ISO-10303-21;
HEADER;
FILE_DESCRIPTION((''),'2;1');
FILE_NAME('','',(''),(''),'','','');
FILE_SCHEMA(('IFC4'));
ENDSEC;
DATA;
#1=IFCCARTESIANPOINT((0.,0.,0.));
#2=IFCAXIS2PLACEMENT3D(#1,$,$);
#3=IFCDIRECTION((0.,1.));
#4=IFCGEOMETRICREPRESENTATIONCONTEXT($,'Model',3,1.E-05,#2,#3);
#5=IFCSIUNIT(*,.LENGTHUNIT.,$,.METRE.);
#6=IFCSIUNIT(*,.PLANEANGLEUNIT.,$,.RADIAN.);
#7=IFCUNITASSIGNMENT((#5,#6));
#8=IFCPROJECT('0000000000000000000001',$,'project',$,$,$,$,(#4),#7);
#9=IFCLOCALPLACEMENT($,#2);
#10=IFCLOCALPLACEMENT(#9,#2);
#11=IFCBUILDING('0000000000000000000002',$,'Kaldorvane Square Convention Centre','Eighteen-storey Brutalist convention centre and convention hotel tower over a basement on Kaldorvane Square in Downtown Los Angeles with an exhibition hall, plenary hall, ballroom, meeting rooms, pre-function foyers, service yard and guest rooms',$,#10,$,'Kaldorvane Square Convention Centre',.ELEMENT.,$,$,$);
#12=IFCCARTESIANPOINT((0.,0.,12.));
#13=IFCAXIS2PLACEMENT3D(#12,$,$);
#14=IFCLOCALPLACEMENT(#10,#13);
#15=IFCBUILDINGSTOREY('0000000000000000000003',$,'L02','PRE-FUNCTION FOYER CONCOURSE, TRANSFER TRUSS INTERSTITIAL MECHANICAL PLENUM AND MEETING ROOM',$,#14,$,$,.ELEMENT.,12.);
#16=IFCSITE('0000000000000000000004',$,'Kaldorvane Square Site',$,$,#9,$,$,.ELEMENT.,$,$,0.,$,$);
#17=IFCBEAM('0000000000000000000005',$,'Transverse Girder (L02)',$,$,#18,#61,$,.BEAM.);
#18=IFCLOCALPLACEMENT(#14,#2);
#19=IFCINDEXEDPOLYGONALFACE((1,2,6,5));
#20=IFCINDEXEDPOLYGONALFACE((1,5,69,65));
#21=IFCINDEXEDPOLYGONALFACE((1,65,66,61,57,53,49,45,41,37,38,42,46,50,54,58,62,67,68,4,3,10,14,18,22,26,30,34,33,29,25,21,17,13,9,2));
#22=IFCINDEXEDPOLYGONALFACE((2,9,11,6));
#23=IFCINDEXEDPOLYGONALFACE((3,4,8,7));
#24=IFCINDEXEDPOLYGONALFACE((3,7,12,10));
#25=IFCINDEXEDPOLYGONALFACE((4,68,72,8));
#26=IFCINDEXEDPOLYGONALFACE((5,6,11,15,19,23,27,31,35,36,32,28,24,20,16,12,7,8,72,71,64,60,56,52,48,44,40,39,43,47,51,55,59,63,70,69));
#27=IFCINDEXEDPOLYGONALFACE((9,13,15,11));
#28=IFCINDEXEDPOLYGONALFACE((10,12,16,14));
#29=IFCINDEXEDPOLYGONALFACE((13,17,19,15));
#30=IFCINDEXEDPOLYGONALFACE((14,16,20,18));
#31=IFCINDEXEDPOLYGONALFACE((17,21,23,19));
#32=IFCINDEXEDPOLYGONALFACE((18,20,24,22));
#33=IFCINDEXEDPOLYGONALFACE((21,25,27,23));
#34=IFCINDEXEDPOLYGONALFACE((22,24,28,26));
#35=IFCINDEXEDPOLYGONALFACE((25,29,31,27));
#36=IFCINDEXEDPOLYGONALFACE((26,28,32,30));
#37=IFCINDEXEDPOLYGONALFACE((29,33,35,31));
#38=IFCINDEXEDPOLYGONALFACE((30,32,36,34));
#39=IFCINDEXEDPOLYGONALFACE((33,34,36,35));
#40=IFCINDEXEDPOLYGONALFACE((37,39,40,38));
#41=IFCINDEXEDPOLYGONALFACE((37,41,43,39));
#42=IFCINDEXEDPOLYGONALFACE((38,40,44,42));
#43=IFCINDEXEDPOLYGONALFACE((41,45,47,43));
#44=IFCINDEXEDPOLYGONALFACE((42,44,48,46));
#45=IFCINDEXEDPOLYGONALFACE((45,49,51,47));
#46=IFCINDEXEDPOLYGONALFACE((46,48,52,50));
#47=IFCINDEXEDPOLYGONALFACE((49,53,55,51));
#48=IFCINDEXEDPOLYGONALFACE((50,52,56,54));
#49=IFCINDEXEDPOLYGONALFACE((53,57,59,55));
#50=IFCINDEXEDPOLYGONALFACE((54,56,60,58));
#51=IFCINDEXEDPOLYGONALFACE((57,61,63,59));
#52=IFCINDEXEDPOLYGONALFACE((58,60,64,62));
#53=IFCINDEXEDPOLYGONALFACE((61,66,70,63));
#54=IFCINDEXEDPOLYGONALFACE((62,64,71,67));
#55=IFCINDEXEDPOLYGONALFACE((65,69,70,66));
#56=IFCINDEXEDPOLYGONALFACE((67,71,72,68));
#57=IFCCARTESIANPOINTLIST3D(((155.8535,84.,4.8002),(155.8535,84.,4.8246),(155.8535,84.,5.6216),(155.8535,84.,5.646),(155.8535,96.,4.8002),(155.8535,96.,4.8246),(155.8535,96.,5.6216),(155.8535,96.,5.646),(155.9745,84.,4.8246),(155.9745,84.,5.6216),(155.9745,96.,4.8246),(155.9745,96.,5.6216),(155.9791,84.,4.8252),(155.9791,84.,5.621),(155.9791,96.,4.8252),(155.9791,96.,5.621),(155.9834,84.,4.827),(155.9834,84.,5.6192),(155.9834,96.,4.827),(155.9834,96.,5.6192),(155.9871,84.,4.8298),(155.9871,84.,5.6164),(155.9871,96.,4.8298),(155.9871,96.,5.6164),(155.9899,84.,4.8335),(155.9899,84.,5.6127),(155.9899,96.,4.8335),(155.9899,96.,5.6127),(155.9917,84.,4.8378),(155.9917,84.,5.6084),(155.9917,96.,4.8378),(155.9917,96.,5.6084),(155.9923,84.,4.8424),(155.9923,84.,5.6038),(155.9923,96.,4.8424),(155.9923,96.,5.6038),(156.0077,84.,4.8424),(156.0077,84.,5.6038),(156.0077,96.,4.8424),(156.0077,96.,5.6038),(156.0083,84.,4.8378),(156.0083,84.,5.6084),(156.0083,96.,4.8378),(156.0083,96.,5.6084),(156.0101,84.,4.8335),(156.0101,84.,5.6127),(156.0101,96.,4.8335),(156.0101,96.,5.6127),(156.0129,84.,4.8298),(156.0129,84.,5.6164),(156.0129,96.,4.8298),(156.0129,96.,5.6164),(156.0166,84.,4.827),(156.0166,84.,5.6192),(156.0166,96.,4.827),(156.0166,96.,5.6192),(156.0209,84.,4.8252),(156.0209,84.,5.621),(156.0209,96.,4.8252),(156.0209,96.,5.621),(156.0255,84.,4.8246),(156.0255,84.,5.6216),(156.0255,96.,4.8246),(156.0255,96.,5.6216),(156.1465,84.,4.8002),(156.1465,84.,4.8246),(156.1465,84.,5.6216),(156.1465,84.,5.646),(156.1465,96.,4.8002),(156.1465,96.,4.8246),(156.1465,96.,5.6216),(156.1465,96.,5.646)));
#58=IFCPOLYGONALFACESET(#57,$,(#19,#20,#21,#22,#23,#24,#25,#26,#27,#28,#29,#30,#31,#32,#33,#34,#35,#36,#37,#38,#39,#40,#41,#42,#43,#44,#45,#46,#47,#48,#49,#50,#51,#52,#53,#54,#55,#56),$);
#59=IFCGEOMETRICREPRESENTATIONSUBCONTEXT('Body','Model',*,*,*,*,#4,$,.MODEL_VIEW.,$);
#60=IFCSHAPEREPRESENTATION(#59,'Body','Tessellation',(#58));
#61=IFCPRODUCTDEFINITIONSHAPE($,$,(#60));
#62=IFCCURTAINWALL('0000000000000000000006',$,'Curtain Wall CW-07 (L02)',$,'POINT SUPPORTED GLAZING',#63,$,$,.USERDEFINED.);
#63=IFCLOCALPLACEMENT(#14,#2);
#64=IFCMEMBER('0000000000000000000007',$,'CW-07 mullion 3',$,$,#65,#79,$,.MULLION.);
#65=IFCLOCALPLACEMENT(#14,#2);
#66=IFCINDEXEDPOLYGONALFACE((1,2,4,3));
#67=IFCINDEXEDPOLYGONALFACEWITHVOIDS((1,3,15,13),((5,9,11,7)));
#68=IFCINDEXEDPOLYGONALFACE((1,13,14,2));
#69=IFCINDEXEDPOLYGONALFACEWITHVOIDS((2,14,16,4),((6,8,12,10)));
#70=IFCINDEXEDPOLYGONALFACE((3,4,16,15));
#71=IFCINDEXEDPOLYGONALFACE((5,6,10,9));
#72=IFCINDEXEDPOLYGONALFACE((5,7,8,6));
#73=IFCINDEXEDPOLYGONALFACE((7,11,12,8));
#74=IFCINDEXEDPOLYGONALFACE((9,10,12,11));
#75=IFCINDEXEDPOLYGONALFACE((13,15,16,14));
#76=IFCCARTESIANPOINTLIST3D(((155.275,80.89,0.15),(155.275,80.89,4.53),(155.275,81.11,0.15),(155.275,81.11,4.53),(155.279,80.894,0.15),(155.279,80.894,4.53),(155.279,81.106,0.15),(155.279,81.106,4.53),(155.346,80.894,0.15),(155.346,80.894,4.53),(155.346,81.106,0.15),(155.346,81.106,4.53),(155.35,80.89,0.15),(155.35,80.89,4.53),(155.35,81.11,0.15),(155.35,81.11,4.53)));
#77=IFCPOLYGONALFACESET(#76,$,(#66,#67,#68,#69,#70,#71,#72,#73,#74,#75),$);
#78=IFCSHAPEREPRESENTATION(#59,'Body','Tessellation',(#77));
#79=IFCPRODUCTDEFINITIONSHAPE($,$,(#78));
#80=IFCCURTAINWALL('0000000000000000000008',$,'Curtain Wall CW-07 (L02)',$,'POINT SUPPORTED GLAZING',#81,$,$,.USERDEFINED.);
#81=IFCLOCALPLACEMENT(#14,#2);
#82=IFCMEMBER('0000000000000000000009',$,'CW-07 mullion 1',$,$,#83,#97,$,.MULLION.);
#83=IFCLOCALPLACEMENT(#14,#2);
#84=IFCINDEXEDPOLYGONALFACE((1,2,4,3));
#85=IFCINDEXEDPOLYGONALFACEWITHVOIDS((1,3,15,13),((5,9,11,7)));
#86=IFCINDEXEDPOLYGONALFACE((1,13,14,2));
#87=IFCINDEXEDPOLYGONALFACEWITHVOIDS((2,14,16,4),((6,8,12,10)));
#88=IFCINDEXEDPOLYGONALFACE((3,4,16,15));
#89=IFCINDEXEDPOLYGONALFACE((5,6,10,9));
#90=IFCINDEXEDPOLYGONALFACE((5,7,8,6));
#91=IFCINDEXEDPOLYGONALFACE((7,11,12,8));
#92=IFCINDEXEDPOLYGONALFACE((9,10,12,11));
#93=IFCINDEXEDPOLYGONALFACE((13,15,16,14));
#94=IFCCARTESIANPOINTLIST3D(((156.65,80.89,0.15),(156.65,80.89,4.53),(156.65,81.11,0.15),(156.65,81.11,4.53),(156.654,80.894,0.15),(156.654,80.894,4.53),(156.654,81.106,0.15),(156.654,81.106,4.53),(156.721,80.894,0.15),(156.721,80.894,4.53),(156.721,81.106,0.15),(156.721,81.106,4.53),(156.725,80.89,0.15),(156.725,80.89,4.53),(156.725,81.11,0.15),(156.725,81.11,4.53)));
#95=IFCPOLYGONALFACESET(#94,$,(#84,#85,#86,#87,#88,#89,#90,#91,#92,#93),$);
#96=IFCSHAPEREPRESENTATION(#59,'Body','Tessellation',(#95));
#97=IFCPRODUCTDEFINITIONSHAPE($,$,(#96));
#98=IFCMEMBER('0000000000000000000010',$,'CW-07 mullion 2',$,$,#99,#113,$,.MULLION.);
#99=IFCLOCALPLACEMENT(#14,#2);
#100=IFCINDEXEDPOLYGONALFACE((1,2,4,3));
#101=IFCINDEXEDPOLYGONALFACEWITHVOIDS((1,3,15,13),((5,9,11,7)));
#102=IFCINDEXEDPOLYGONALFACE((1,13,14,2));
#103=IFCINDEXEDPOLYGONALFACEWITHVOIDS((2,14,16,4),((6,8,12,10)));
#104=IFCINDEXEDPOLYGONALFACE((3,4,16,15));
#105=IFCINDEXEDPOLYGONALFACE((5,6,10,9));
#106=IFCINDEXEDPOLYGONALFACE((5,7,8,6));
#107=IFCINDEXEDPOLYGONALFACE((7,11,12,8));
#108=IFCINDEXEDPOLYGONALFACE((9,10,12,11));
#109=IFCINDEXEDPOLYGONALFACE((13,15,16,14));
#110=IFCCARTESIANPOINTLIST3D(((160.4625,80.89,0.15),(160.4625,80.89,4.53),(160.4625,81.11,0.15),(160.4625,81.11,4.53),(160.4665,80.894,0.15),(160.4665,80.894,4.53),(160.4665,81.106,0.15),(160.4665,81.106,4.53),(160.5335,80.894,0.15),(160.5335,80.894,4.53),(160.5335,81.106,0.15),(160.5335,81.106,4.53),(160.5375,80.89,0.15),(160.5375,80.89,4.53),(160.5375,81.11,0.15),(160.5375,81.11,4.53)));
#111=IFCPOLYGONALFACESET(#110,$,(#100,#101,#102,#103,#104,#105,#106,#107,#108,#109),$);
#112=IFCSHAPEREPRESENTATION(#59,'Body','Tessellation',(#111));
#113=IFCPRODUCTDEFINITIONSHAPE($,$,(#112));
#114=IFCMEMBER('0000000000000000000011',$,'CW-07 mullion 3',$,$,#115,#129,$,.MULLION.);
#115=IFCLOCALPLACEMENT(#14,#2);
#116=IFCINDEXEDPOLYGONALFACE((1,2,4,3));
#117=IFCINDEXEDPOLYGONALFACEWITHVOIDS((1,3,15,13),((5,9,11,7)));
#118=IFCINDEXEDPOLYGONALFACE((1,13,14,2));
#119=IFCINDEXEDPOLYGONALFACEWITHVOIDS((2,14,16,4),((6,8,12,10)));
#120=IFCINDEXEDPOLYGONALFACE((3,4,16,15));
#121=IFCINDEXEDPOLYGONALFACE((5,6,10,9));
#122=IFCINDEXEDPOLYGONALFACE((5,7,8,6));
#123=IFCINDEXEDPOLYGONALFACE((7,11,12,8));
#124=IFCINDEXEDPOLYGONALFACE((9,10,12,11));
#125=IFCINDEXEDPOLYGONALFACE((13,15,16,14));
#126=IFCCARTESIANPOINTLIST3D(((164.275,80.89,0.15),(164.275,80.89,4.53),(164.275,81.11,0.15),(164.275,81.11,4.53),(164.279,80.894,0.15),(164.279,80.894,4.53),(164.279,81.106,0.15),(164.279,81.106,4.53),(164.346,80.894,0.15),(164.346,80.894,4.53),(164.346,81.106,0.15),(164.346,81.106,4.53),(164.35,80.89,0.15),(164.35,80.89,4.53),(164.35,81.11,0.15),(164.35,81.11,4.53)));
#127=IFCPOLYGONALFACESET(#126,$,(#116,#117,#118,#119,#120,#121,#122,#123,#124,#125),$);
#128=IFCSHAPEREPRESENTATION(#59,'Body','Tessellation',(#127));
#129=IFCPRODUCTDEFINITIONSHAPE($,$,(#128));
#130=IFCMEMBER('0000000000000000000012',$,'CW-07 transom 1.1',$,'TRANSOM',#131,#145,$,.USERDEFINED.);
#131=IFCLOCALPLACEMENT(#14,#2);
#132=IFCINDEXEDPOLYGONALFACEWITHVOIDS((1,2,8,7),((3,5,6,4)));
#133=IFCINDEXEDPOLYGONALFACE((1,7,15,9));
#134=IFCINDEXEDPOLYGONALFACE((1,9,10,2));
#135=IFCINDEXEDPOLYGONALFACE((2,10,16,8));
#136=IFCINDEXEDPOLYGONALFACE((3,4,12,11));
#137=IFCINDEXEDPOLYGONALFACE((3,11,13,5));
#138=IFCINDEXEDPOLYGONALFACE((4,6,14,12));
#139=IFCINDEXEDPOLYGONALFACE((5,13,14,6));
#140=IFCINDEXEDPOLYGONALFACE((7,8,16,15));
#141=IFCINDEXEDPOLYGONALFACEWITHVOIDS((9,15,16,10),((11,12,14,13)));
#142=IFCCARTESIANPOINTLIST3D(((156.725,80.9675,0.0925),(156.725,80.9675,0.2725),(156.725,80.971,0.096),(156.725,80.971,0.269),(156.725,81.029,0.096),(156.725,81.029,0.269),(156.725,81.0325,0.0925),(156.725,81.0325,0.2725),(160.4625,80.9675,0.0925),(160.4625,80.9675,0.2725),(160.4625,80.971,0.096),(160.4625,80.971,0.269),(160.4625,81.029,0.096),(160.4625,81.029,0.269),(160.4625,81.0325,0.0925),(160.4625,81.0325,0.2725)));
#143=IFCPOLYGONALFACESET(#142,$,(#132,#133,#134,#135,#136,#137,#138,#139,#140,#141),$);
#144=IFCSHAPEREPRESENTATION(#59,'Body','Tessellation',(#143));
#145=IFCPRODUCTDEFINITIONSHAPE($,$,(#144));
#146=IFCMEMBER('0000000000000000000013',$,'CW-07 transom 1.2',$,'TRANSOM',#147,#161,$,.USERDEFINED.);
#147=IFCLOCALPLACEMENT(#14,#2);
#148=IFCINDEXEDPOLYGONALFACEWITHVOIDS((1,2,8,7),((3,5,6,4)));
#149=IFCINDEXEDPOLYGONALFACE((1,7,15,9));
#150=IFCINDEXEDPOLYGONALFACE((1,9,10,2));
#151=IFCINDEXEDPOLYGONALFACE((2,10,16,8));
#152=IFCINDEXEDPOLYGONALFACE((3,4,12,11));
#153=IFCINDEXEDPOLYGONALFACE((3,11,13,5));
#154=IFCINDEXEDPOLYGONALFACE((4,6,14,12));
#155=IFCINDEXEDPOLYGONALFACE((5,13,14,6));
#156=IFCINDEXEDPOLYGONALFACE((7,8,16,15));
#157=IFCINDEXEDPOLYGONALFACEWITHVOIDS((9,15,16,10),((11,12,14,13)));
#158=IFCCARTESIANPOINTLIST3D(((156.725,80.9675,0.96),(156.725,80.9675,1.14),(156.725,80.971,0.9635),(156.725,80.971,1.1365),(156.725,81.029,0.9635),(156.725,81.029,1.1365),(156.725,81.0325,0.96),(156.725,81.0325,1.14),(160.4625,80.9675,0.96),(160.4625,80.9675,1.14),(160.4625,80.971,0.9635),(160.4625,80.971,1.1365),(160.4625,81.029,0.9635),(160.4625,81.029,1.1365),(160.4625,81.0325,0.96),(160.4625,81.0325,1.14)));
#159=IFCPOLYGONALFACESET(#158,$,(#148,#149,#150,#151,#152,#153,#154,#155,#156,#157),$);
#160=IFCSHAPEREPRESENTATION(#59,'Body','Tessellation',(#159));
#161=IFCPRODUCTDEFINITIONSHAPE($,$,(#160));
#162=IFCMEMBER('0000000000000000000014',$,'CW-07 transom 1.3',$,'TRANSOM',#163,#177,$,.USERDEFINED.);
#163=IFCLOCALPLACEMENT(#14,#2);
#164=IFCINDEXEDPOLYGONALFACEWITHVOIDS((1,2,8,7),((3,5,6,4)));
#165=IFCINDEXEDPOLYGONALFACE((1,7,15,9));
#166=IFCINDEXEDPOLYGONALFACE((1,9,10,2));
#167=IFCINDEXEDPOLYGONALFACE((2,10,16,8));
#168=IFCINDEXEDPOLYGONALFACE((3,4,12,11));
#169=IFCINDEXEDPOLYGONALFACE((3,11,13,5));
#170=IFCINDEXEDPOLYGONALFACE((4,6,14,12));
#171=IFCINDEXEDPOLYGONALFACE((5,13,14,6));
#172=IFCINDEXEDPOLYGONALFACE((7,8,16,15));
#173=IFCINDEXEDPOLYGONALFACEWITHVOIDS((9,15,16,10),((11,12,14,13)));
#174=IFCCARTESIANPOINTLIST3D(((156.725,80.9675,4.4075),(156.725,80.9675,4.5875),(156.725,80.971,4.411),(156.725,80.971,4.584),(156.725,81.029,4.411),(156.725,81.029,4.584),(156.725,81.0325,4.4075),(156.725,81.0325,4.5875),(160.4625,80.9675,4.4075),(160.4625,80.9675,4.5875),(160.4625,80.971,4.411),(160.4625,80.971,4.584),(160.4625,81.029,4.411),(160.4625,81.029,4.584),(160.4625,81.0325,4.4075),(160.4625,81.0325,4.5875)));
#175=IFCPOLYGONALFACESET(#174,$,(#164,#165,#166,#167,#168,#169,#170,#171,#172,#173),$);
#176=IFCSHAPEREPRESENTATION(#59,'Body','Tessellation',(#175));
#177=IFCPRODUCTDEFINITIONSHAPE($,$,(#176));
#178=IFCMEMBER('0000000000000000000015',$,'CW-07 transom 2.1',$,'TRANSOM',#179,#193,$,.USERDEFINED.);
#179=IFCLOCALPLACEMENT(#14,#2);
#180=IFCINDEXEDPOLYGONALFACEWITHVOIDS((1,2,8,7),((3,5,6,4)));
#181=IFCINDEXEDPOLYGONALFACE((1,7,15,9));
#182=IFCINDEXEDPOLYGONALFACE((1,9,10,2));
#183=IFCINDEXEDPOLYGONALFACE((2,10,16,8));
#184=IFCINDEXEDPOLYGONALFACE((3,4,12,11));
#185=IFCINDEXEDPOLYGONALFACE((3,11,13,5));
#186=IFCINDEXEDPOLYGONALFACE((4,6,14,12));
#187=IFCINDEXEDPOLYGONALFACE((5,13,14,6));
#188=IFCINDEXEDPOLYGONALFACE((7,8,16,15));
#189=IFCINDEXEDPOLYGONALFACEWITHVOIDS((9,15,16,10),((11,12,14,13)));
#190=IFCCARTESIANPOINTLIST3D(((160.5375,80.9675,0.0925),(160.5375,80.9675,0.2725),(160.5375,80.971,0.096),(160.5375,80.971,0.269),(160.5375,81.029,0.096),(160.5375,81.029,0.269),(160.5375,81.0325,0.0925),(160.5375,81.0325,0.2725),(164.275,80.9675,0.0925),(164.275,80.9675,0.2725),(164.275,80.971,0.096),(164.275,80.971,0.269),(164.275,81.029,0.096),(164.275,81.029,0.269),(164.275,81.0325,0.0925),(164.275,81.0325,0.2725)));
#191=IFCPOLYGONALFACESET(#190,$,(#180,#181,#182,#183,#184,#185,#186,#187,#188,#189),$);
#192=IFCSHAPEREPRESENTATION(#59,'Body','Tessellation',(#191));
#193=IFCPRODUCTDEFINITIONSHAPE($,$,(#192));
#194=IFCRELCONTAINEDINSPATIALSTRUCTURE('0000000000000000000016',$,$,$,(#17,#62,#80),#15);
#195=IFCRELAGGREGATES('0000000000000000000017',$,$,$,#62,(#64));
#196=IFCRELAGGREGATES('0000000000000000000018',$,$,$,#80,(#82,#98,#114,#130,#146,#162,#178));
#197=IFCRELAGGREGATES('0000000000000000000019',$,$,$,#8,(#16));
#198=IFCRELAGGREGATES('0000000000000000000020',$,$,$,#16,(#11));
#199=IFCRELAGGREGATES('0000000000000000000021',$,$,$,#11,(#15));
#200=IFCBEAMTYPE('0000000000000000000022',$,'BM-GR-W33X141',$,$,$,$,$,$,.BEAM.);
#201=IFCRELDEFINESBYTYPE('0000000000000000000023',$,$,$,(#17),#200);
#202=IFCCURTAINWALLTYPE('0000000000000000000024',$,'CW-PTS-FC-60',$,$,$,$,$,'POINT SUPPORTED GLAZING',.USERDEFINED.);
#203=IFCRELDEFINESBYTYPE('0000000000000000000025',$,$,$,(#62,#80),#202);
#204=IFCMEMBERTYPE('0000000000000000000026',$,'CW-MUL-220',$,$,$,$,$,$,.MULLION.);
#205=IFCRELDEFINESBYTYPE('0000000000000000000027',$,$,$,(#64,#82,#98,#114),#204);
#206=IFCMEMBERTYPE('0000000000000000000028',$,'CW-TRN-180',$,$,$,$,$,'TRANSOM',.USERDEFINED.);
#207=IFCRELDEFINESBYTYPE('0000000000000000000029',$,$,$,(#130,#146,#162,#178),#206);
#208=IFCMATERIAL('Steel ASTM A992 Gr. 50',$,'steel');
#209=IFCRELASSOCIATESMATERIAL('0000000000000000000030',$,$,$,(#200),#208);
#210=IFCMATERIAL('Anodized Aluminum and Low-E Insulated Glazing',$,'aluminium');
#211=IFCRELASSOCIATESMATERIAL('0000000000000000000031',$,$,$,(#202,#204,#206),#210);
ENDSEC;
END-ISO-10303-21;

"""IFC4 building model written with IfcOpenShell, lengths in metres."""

from ifc_helpers import new_model, si_unit, direction, frame, origin, origin_2d, place, context, subcontext, project, spatial, hollow_rectangle, i_section, extrude, material, material_profile, profile_set, type_object, element, aggregate, save


model = new_model("IFC4")

# Units and contexts
model_context = context("Model", 3, precision=1e-05, world=origin(), true_north=direction((0.0, 1.0)))
body_context = subcontext(model_context, "Body", "Model", "MODEL_VIEW")
ifc_project = project(units=[si_unit("LENGTHUNIT", "METRE"), si_unit("PLANEANGLEUNIT", "RADIAN")], contexts=[model_context])

# Site, building, storey
site_placement = place(None, origin())
site = spatial("IfcSite", under=ifc_project, at=site_placement, Name="Kaldorvane Square Site", CompositionType="ELEMENT", RefElevation=0.0)
building_placement = place(site_placement, origin())
building = spatial("IfcBuilding", under=site, at=building_placement, Name="Kaldorvane Square Convention Centre", Description="Eighteen-storey Brutalist convention centre and convention hotel tower over a basement on Kaldorvane Square in Downtown Los Angeles with an exhibition hall, plenary hall, ballroom, meeting rooms, pre-function foyers, service yard and guest rooms", LongName="Kaldorvane Square Convention Centre", CompositionType="ELEMENT")
storey_placement = place(building_placement, frame((0.0, 0.0, 12.0)))
storey = spatial("IfcBuildingStorey", under=building, at=storey_placement, Name="L02", Description="PRE-FUNCTION FOYER CONCOURSE, TRANSFER TRUSS INTERSTITIAL MECHANICAL PLENUM AND MEETING ROOM", CompositionType="ELEMENT", Elevation=12.0)

# Shared definitions
ifc_material_1 = material(Name="Steel ASTM A992 Gr. 50", Category="steel")

# Beam
ifc_material_profile_1 = material_profile(ifc_material_1, i_section(OverallWidth=0.293, OverallDepth=0.8458, WebThickness=0.0154, FlangeThickness=0.0244, FilletRadius=0.0178, at=origin_2d()), Name="W33X141")
ifc_profile_set_1 = profile_set([ifc_material_profile_1], Name="Steel ASTM A992 Gr. 50")
beam_type_1 = type_object("IfcBeamType", Name="BM-GR-W33X141", PredefinedType="BEAM", material=ifc_profile_set_1)
beam_placement = place(storey_placement, frame((156.0, 84.0, 5.2231), z_axis=(0.0, 1.0, 0.0), x_axis=(-1.0, 0.0, 0.0)))
element("IfcBeam", 1, at=beam_placement, inside=storey, type_object=beam_type_1, Name="Transverse Girder (L02)", PredefinedType="BEAM", context=body_context, shape_type="SweptSolid", body=[
    extrude(i_section(OverallWidth=0.293, OverallDepth=0.8458, WebThickness=0.0154, FlangeThickness=0.0244, FilletRadius=0.0178, at=origin_2d()), origin(), (0.0, 0.0, 1.0), 12.0),
])

# Curtain wall, member
ifc_material_2 = material(Name="Anodized Aluminum and Low-E Insulated Glazing", Category="aluminium")
curtain_wall_type = type_object("IfcCurtainWallType", Name="CW-PTS-FC-60", ElementType="POINT SUPPORTED GLAZING", PredefinedType="USERDEFINED", material=ifc_material_2)
curtain_wall_1_placement = place(storey_placement, origin())
curtain_wall_1 = element("IfcCurtainWall", 2, at=curtain_wall_1_placement, inside=storey, type_object=curtain_wall_type, Name="Curtain Wall CW-07 (L02)", ObjectType="POINT SUPPORTED GLAZING", PredefinedType="USERDEFINED")
ifc_material_profile_2 = material_profile(ifc_material_2, hollow_rectangle(XDim=0.075, YDim=0.22, WallThickness=0.004, at=origin_2d()), Name="CWM-220X75")
ifc_profile_set_2 = profile_set([ifc_material_profile_2], Name="Anodized Aluminum and Low-E Insulated Glazing")
member_type_1 = type_object("IfcMemberType", Name="CW-MUL-220", PredefinedType="MULLION", material=ifc_profile_set_2)
member_1_placement = place(storey_placement, frame((155.3125, 81.0, 0.15), z_axis=(0.0, 0.0, 1.0), x_axis=(1.0, 0.0, 0.0)))
member_1 = element("IfcMember", 3, at=member_1_placement, type_object=member_type_1, Name="CW-07 mullion 3", PredefinedType="MULLION", context=body_context, shape_type="SweptSolid", body=[
    extrude(hollow_rectangle(XDim=0.075, YDim=0.22, WallThickness=0.004, at=origin_2d()), origin(), (0.0, 0.0, 1.0), 4.38),
])

# Curtain wall, members
curtain_wall_2_placement = place(storey_placement, origin())
curtain_wall_2 = element("IfcCurtainWall", 4, at=curtain_wall_2_placement, inside=storey, type_object=curtain_wall_type, Name="Curtain Wall CW-07 (L02)", ObjectType="POINT SUPPORTED GLAZING", PredefinedType="USERDEFINED")
member_2_placement = place(storey_placement, frame((156.6875, 81.0, 0.15), z_axis=(0.0, 0.0, 1.0), x_axis=(1.0, 0.0, 0.0)))
member_2 = element("IfcMember", 5, at=member_2_placement, type_object=member_type_1, Name="CW-07 mullion 1", PredefinedType="MULLION", context=body_context, shape_type="SweptSolid", body=[
    extrude(hollow_rectangle(XDim=0.075, YDim=0.22, WallThickness=0.004, at=origin_2d()), origin(), (0.0, 0.0, 1.0), 4.38),
])
member_3_placement = place(storey_placement, frame((160.5, 81.0, 0.15), z_axis=(0.0, 0.0, 1.0), x_axis=(1.0, 0.0, 0.0)))
member_3 = element("IfcMember", 6, at=member_3_placement, type_object=member_type_1, Name="CW-07 mullion 2", PredefinedType="MULLION", context=body_context, shape_type="SweptSolid", body=[
    extrude(hollow_rectangle(XDim=0.075, YDim=0.22, WallThickness=0.004, at=origin_2d()), origin(), (0.0, 0.0, 1.0), 4.38),
])
member_4_placement = place(storey_placement, frame((164.3125, 81.0, 0.15), z_axis=(0.0, 0.0, 1.0), x_axis=(1.0, 0.0, 0.0)))
member_4 = element("IfcMember", 7, at=member_4_placement, type_object=member_type_1, Name="CW-07 mullion 3", PredefinedType="MULLION", context=body_context, shape_type="SweptSolid", body=[
    extrude(hollow_rectangle(XDim=0.075, YDim=0.22, WallThickness=0.004, at=origin_2d()), origin(), (0.0, 0.0, 1.0), 4.38),
])
ifc_material_profile_3 = material_profile(ifc_material_2, hollow_rectangle(XDim=0.065, YDim=0.18, WallThickness=0.0035, at=origin_2d()), Name="CWT-180X65")
ifc_profile_set_3 = profile_set([ifc_material_profile_3], Name="Anodized Aluminum and Low-E Insulated Glazing")
member_type_2 = type_object("IfcMemberType", Name="CW-TRN-180", ElementType="TRANSOM", PredefinedType="USERDEFINED", material=ifc_profile_set_3)
member_5_placement = place(storey_placement, frame((156.725, 81.0, 0.1825), z_axis=(1.0, 0.0, 0.0), x_axis=(0.0, 1.0, 0.0)))
member_5 = element("IfcMember", 8, at=member_5_placement, type_object=member_type_2, Name="CW-07 transom 1.1", ObjectType="TRANSOM", PredefinedType="USERDEFINED", context=body_context, shape_type="SweptSolid", body=[
    extrude(hollow_rectangle(XDim=0.065, YDim=0.18, WallThickness=0.0035, at=origin_2d()), origin(), (0.0, 0.0, 1.0), 3.7375),
])
member_6_placement = place(storey_placement, frame((156.725, 81.0, 1.05), z_axis=(1.0, 0.0, 0.0), x_axis=(0.0, 1.0, 0.0)))
member_6 = element("IfcMember", 9, at=member_6_placement, type_object=member_type_2, Name="CW-07 transom 1.2", ObjectType="TRANSOM", PredefinedType="USERDEFINED", context=body_context, shape_type="SweptSolid", body=[
    extrude(hollow_rectangle(XDim=0.065, YDim=0.18, WallThickness=0.0035, at=origin_2d()), origin(), (0.0, 0.0, 1.0), 3.7375),
])
member_7_placement = place(storey_placement, frame((156.725, 81.0, 4.4975), z_axis=(1.0, 0.0, 0.0), x_axis=(0.0, 1.0, 0.0)))
member_7 = element("IfcMember", 10, at=member_7_placement, type_object=member_type_2, Name="CW-07 transom 1.3", ObjectType="TRANSOM", PredefinedType="USERDEFINED", context=body_context, shape_type="SweptSolid", body=[
    extrude(hollow_rectangle(XDim=0.065, YDim=0.18, WallThickness=0.0035, at=origin_2d()), origin(), (0.0, 0.0, 1.0), 3.7375),
])
member_8_placement = place(storey_placement, frame((160.5375, 81.0, 0.1825), z_axis=(1.0, 0.0, 0.0), x_axis=(0.0, 1.0, 0.0)))
member_8 = element("IfcMember", 11, at=member_8_placement, type_object=member_type_2, Name="CW-07 transom 2.1", ObjectType="TRANSOM", PredefinedType="USERDEFINED", context=body_context, shape_type="SweptSolid", body=[
    extrude(hollow_rectangle(XDim=0.065, YDim=0.18, WallThickness=0.0035, at=origin_2d()), origin(), (0.0, 0.0, 1.0), 3.7375),
])

aggregate(curtain_wall_1, [member_1])
aggregate(curtain_wall_2, [member_2, member_3, member_4, member_5, member_6, member_7, member_8])

save(model, "model.ifc")
